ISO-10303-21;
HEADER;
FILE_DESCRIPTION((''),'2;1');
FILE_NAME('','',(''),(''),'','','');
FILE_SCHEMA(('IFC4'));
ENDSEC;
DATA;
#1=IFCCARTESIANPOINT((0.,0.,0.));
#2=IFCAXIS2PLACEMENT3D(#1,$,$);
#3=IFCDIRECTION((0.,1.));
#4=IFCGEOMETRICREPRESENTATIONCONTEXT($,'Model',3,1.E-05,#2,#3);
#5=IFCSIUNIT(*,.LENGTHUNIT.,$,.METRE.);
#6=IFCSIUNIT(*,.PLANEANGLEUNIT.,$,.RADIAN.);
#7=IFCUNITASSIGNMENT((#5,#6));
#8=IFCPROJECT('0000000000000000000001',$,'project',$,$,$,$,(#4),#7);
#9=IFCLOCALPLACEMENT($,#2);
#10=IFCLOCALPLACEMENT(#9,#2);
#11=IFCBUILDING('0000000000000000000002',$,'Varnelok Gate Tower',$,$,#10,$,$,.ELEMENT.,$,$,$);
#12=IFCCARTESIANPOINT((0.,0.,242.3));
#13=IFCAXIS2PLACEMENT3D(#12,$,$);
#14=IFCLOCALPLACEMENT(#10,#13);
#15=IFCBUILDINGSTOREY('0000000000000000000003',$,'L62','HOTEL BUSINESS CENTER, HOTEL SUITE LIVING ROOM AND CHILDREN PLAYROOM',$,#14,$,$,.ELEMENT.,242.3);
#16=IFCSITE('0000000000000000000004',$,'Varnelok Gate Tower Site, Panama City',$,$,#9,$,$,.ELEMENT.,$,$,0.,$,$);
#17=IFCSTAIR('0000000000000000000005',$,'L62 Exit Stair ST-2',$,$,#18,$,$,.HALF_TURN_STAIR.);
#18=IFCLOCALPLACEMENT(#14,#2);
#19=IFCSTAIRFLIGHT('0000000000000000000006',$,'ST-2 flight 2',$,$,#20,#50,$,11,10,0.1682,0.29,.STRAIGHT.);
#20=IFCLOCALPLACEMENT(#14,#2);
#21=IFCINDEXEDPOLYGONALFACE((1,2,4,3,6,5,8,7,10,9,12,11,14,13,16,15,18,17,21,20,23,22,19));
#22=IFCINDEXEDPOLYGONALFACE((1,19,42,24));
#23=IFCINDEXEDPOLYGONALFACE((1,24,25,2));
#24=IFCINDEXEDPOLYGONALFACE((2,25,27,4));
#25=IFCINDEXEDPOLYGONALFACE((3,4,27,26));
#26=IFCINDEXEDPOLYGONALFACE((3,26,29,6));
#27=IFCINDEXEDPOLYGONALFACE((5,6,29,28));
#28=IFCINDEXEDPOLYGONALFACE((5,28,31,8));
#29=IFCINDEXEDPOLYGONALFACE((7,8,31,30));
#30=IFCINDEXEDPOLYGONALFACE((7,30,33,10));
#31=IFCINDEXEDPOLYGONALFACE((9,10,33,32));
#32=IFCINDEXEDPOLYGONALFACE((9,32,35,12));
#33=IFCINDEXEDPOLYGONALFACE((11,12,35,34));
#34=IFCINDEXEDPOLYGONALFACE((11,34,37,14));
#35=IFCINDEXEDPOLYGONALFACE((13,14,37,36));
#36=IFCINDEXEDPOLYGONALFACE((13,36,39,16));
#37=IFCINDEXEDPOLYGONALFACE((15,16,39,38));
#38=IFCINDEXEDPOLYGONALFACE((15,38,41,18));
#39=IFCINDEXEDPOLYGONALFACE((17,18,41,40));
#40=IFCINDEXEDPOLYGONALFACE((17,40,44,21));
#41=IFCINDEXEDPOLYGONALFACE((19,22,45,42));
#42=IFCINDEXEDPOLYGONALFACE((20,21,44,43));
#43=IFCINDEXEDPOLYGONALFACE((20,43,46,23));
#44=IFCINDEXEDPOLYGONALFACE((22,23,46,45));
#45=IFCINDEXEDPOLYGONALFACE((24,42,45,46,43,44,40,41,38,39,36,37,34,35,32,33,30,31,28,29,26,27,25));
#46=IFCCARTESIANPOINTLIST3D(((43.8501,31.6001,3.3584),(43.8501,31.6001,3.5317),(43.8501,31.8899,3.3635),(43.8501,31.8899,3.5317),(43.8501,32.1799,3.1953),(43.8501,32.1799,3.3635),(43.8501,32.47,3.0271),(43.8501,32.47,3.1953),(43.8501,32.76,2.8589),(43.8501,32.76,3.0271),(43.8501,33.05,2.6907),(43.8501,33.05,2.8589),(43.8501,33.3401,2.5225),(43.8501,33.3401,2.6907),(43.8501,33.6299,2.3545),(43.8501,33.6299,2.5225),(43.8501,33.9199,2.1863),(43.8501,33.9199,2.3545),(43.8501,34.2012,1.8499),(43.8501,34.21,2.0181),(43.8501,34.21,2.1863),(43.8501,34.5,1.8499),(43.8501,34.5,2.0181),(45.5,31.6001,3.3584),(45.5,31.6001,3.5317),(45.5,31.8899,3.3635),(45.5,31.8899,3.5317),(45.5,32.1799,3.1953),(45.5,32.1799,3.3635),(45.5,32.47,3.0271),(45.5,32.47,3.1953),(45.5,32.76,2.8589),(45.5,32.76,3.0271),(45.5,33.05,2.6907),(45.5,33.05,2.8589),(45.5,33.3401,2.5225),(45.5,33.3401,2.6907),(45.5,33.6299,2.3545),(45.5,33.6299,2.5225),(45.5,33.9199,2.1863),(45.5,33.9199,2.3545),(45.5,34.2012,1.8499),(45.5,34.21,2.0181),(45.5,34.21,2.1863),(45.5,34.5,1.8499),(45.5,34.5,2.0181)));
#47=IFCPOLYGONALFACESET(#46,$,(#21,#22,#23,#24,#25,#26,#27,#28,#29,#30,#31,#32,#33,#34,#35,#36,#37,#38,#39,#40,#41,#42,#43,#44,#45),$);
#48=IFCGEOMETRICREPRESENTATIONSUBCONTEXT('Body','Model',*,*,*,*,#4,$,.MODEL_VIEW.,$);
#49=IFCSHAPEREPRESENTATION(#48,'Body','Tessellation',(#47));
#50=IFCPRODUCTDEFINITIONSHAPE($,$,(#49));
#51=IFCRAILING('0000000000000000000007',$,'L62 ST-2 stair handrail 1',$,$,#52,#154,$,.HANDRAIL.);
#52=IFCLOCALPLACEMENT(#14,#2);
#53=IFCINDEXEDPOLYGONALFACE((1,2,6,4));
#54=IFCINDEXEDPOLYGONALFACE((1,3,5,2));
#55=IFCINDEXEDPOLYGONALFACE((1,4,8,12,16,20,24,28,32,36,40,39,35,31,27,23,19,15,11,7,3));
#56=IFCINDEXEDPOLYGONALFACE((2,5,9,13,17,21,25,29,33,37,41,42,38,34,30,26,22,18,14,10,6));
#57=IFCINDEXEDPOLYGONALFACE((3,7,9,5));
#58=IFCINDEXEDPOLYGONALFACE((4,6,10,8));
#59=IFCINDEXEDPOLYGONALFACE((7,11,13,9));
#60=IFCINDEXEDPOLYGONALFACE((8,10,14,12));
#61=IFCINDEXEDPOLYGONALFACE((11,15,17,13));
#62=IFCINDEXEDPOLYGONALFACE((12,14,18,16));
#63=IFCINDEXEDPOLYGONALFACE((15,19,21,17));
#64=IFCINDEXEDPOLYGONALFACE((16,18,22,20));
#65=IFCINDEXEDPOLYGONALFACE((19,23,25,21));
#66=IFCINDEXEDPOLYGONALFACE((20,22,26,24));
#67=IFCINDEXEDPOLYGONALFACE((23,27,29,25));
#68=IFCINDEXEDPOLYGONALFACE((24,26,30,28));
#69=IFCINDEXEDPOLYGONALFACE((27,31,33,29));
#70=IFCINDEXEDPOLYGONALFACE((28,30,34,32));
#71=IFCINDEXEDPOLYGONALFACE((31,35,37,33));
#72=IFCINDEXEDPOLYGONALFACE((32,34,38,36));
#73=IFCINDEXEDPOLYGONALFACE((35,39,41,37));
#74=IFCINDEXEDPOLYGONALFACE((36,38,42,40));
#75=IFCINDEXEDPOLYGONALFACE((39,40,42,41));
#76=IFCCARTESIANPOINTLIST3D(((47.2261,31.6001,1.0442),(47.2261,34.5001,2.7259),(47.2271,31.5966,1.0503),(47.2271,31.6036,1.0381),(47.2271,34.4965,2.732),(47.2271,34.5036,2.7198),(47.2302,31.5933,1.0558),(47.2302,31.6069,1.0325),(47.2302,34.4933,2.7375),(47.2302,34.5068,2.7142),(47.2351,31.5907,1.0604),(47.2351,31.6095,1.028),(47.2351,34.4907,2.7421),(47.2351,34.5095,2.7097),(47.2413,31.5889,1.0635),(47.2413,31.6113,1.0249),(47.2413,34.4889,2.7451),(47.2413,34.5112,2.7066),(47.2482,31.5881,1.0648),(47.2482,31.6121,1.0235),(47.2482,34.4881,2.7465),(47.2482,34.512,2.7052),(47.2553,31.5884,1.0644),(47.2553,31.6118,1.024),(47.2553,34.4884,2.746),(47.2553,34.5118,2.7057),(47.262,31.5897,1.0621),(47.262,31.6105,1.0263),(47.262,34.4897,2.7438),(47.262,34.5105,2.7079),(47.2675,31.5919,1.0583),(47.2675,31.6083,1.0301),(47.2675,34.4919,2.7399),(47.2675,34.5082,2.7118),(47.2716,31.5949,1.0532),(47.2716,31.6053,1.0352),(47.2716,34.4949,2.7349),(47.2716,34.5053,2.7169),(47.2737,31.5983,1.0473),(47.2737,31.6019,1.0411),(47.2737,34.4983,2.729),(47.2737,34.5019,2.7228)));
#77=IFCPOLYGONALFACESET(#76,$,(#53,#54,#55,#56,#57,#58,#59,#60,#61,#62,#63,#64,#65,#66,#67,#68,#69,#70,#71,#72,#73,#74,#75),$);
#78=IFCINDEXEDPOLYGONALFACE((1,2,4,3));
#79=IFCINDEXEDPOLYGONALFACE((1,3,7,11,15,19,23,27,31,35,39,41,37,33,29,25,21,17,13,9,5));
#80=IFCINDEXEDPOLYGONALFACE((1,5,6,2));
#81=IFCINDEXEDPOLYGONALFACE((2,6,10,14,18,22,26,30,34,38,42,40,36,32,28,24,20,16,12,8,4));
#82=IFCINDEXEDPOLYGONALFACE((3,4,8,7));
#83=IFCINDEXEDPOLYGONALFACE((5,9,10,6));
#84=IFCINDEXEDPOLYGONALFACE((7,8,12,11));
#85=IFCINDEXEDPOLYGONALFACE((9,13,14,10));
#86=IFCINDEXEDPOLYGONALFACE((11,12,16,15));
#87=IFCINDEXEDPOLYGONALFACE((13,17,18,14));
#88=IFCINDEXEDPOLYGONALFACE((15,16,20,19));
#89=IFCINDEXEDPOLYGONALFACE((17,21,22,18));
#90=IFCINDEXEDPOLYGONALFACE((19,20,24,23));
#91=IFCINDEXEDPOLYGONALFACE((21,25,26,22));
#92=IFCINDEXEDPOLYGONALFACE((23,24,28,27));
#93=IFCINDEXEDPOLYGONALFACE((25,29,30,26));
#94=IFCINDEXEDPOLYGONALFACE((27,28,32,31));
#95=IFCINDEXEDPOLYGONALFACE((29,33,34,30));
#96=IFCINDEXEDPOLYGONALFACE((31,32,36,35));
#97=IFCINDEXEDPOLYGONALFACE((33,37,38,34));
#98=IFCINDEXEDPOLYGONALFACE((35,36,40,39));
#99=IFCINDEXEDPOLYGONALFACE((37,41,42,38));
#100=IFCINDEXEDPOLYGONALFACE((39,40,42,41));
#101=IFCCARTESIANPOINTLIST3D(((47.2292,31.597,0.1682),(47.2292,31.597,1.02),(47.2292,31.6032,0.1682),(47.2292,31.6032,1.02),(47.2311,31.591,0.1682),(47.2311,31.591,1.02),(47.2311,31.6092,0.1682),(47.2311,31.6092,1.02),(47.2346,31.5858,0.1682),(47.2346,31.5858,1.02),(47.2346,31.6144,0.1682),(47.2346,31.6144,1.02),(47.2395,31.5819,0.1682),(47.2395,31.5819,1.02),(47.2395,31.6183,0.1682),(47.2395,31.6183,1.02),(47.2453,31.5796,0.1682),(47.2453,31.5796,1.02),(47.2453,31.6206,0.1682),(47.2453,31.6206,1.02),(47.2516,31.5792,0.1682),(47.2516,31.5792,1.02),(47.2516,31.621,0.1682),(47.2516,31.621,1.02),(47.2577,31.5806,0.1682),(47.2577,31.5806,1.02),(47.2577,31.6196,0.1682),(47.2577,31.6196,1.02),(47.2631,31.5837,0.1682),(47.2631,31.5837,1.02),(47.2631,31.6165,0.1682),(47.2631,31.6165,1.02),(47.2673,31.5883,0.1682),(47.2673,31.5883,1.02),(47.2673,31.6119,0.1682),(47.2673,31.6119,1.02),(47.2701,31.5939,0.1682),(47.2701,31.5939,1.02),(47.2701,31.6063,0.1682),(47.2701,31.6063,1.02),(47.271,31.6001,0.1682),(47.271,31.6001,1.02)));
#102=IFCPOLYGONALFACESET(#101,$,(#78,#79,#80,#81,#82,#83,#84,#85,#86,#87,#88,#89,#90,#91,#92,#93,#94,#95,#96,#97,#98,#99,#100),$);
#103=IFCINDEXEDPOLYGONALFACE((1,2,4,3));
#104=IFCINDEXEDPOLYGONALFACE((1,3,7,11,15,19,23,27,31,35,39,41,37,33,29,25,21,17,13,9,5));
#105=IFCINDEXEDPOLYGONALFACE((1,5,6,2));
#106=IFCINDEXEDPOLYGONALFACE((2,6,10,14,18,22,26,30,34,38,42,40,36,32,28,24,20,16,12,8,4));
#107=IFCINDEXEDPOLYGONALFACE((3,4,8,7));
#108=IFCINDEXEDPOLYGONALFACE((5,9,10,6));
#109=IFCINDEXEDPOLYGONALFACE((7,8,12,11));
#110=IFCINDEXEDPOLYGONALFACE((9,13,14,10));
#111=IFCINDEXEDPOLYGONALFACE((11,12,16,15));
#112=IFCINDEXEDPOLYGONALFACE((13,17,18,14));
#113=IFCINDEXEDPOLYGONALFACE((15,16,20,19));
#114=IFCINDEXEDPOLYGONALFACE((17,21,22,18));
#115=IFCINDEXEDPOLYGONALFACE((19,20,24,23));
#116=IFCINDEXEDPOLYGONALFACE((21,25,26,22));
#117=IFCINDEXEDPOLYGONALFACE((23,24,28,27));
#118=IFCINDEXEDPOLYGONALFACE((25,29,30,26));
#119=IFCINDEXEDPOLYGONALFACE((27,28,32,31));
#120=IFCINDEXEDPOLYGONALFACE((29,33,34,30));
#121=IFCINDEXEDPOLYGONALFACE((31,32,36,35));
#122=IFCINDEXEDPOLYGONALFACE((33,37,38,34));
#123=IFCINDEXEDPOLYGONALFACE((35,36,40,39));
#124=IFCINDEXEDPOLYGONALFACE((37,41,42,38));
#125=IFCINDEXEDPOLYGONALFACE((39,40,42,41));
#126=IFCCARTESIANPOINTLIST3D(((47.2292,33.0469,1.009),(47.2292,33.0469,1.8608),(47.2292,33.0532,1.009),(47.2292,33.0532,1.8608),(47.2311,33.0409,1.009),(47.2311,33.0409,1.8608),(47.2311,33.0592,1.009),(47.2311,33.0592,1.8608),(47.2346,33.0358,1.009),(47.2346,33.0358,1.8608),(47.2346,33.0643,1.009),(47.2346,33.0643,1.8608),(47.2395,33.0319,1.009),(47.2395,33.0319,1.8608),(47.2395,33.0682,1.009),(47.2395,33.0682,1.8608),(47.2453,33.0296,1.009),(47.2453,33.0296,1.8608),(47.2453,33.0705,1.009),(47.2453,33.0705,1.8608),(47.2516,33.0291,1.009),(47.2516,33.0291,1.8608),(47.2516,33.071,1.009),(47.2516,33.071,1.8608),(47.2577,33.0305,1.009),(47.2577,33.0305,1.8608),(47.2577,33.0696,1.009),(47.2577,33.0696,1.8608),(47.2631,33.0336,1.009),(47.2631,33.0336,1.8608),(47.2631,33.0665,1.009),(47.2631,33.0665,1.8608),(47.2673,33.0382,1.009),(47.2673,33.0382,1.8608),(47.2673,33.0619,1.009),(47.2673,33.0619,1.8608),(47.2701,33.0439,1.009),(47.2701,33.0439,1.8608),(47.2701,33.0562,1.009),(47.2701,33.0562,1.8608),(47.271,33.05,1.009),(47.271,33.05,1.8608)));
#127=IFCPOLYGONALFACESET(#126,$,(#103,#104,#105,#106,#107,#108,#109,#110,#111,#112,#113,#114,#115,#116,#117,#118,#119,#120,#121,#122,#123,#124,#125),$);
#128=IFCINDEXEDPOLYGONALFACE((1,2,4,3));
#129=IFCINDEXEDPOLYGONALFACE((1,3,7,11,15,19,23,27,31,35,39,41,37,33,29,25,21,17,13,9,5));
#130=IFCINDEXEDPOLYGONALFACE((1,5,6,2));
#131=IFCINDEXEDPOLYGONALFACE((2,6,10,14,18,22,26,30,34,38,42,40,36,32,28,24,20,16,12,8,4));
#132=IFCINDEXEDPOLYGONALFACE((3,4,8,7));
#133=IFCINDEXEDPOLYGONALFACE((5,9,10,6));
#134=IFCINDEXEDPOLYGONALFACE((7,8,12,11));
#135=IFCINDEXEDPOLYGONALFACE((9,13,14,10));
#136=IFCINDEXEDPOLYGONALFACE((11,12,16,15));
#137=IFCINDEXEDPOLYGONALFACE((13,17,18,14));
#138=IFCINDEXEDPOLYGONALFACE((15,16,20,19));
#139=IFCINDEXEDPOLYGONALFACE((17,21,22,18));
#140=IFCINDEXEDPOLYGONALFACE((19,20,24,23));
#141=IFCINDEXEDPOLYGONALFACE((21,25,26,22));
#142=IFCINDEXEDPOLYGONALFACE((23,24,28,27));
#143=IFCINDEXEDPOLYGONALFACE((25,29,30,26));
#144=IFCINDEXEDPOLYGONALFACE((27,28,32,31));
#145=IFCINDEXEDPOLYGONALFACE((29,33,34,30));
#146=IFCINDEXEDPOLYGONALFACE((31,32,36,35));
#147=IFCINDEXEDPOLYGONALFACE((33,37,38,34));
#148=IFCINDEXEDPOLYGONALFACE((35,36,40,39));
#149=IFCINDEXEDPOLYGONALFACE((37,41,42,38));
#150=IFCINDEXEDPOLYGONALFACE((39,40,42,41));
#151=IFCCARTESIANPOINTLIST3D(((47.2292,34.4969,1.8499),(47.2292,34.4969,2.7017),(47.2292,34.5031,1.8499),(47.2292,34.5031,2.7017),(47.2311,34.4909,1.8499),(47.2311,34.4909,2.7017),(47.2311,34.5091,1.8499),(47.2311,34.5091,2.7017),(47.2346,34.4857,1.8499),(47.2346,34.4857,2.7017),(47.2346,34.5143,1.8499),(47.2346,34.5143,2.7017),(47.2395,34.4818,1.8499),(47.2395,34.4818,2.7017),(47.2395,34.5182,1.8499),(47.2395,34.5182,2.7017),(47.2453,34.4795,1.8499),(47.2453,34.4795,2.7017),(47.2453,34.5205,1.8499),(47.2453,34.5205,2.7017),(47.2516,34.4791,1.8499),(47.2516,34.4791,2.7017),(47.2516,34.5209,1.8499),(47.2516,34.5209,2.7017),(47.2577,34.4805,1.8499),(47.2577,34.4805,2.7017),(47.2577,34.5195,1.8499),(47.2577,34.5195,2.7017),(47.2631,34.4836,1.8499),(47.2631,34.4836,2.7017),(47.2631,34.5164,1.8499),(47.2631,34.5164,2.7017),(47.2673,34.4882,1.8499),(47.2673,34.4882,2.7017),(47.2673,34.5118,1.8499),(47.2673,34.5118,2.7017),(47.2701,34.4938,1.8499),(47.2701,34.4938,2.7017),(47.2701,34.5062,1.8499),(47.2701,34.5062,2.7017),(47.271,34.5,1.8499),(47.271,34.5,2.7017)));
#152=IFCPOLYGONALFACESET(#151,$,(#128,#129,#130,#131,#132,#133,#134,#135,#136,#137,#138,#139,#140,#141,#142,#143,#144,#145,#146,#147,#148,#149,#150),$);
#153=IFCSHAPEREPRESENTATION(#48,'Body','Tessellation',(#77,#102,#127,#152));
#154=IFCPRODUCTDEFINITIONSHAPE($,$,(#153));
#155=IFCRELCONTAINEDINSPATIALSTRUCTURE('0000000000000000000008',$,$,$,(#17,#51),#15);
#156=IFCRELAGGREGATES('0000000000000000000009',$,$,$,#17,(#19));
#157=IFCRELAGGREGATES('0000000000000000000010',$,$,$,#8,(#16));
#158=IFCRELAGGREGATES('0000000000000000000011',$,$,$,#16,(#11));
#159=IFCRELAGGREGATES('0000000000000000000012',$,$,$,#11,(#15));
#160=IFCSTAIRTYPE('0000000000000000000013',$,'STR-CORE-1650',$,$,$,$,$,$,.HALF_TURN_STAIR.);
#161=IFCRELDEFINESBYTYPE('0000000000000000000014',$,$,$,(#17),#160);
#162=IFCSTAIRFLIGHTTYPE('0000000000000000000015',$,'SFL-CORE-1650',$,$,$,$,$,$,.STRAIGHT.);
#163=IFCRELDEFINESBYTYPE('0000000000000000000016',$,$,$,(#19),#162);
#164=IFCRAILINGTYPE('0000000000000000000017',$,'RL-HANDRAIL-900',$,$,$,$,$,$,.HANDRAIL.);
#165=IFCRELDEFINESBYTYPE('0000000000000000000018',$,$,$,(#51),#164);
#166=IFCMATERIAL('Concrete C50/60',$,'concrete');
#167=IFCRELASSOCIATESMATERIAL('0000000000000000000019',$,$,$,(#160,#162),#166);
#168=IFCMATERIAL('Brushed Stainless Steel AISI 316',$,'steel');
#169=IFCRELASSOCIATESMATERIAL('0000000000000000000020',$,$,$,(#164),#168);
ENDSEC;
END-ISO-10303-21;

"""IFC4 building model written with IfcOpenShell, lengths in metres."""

from ifc_helpers import new_model, si_unit, direction, frame, origin, origin_2d, place, context, subcontext, project, spatial, polyline, circle, outline, extrude, material, type_object, element, aggregate, save


model = new_model("IFC4")

# Units and contexts
model_context = context("Model", 3, precision=1e-05, world=origin(), true_north=direction((0.0, 1.0)))
body_context = subcontext(model_context, "Body", "Model", "MODEL_VIEW")
ifc_project = project(units=[si_unit("LENGTHUNIT", "METRE"), si_unit("PLANEANGLEUNIT", "RADIAN")], contexts=[model_context])

# Site, building, storey
site_placement = place(None, origin())
site = spatial("IfcSite", under=ifc_project, at=site_placement, Name="Varnelok Gate Tower Site, Panama City", CompositionType="ELEMENT", RefElevation=0.0)
building_placement = place(site_placement, origin())
building = spatial("IfcBuilding", under=site, at=building_placement, Name="Varnelok Gate Tower", CompositionType="ELEMENT")
storey_placement = place(building_placement, frame((0.0, 0.0, 242.3)))
storey = spatial("IfcBuildingStorey", under=building, at=storey_placement, Name="L62", Description="HOTEL BUSINESS CENTER, HOTEL SUITE LIVING ROOM AND CHILDREN PLAYROOM", CompositionType="ELEMENT", Elevation=242.3)

# Stair, stair flight
ifc_material_1 = material(Name="Concrete C50/60", Category="concrete")
stair_type = type_object("IfcStairType", Name="STR-CORE-1650", PredefinedType="HALF_TURN_STAIR", material=ifc_material_1)
stair_placement = place(storey_placement, origin())
stair = element("IfcStair", 1, at=stair_placement, inside=storey, type_object=stair_type, Name="L62 Exit Stair ST-2", PredefinedType="HALF_TURN_STAIR")
stair_flight_type = type_object("IfcStairFlightType", Name="SFL-CORE-1650", PredefinedType="STRAIGHT", material=ifc_material_1)
stair_flight_1_placement = place(storey_placement, frame((44.675, 34.5, 1.8499), z_axis=(0.0, 0.0, 1.0), x_axis=(0.0, -1.0, 0.0)))
stair_flight_1 = element("IfcStairFlight", 2, at=stair_flight_1_placement, type_object=stair_flight_type, Name="ST-2 flight 2", NumberOfRisers=11, NumberOfTreads=10, PredefinedType="STRAIGHT", RiserHeight=0.1682, TreadLength=0.29, context=body_context, shape_type="SweptSolid", body=[
    extrude(outline(polyline([(0.0, 0.0), (0.0, 0.1682), (0.29, 0.1682), (0.29, 0.3364), (0.5801, 0.3364), (0.5801, 0.5046), (0.8701, 0.5046), (0.8701, 0.6726), (1.1599, 0.6726), (1.1599, 0.8408), (1.45, 0.8408), (1.45, 1.009), (1.74, 1.009), (1.74, 1.1772), (2.03, 1.1772), (2.03, 1.3455), (2.3201, 1.3455), (2.3201, 1.5137), (2.6101, 1.5137), (2.6101, 1.6819), (2.8999, 1.6819), (2.8999, 1.8501), (2.8999, 1.5085), (0.2988, 0.0), (0.0, 0.0)])), frame((0.0, 0.825, 0.0), z_axis=(0.0, -1.0, 0.0), x_axis=(1.0, 0.0, 0.0)), (0.0, 0.0, 1.0), 1.6499),
])
aggregate(stair, [stair_flight_1])

# Railing
ifc_material_2 = material(Name="Brushed Stainless Steel AISI 316", Category="steel")
railing_type_1 = type_object("IfcRailingType", Name="RL-HANDRAIL-900", PredefinedType="HANDRAIL", material=ifc_material_2)
railing_1_placement = place(storey_placement, frame((47.25, 31.6001, 0.1682)))
element("IfcRailing", 3, at=railing_1_placement, inside=storey, type_object=railing_type_1, Name="L62 ST-2 stair handrail 1", PredefinedType="HANDRAIL", context=body_context, shape_type="SweptSolid", body=[
    extrude(circle(Radius=0.0239, at=origin_2d()), frame((0.0, 0.0, 0.876), z_axis=(0.0, 0.86507, 0.501651), x_axis=(-1.0, 0.0, 0.0)), (0.0, 0.0, 1.0), 3.3523),
    extrude(circle(Radius=0.021, at=origin_2d()), origin(), (0.0, 0.0, 1.0), 0.8518),
    extrude(circle(Radius=0.021, at=origin_2d()), frame((0.0, 1.45, 0.8408)), (0.0, 0.0, 1.0), 0.8518),
    extrude(circle(Radius=0.021, at=origin_2d()), frame((0.0, 2.8999, 1.6816)), (0.0, 0.0, 1.0), 0.8518),
])

save(model, "model.ifc")
